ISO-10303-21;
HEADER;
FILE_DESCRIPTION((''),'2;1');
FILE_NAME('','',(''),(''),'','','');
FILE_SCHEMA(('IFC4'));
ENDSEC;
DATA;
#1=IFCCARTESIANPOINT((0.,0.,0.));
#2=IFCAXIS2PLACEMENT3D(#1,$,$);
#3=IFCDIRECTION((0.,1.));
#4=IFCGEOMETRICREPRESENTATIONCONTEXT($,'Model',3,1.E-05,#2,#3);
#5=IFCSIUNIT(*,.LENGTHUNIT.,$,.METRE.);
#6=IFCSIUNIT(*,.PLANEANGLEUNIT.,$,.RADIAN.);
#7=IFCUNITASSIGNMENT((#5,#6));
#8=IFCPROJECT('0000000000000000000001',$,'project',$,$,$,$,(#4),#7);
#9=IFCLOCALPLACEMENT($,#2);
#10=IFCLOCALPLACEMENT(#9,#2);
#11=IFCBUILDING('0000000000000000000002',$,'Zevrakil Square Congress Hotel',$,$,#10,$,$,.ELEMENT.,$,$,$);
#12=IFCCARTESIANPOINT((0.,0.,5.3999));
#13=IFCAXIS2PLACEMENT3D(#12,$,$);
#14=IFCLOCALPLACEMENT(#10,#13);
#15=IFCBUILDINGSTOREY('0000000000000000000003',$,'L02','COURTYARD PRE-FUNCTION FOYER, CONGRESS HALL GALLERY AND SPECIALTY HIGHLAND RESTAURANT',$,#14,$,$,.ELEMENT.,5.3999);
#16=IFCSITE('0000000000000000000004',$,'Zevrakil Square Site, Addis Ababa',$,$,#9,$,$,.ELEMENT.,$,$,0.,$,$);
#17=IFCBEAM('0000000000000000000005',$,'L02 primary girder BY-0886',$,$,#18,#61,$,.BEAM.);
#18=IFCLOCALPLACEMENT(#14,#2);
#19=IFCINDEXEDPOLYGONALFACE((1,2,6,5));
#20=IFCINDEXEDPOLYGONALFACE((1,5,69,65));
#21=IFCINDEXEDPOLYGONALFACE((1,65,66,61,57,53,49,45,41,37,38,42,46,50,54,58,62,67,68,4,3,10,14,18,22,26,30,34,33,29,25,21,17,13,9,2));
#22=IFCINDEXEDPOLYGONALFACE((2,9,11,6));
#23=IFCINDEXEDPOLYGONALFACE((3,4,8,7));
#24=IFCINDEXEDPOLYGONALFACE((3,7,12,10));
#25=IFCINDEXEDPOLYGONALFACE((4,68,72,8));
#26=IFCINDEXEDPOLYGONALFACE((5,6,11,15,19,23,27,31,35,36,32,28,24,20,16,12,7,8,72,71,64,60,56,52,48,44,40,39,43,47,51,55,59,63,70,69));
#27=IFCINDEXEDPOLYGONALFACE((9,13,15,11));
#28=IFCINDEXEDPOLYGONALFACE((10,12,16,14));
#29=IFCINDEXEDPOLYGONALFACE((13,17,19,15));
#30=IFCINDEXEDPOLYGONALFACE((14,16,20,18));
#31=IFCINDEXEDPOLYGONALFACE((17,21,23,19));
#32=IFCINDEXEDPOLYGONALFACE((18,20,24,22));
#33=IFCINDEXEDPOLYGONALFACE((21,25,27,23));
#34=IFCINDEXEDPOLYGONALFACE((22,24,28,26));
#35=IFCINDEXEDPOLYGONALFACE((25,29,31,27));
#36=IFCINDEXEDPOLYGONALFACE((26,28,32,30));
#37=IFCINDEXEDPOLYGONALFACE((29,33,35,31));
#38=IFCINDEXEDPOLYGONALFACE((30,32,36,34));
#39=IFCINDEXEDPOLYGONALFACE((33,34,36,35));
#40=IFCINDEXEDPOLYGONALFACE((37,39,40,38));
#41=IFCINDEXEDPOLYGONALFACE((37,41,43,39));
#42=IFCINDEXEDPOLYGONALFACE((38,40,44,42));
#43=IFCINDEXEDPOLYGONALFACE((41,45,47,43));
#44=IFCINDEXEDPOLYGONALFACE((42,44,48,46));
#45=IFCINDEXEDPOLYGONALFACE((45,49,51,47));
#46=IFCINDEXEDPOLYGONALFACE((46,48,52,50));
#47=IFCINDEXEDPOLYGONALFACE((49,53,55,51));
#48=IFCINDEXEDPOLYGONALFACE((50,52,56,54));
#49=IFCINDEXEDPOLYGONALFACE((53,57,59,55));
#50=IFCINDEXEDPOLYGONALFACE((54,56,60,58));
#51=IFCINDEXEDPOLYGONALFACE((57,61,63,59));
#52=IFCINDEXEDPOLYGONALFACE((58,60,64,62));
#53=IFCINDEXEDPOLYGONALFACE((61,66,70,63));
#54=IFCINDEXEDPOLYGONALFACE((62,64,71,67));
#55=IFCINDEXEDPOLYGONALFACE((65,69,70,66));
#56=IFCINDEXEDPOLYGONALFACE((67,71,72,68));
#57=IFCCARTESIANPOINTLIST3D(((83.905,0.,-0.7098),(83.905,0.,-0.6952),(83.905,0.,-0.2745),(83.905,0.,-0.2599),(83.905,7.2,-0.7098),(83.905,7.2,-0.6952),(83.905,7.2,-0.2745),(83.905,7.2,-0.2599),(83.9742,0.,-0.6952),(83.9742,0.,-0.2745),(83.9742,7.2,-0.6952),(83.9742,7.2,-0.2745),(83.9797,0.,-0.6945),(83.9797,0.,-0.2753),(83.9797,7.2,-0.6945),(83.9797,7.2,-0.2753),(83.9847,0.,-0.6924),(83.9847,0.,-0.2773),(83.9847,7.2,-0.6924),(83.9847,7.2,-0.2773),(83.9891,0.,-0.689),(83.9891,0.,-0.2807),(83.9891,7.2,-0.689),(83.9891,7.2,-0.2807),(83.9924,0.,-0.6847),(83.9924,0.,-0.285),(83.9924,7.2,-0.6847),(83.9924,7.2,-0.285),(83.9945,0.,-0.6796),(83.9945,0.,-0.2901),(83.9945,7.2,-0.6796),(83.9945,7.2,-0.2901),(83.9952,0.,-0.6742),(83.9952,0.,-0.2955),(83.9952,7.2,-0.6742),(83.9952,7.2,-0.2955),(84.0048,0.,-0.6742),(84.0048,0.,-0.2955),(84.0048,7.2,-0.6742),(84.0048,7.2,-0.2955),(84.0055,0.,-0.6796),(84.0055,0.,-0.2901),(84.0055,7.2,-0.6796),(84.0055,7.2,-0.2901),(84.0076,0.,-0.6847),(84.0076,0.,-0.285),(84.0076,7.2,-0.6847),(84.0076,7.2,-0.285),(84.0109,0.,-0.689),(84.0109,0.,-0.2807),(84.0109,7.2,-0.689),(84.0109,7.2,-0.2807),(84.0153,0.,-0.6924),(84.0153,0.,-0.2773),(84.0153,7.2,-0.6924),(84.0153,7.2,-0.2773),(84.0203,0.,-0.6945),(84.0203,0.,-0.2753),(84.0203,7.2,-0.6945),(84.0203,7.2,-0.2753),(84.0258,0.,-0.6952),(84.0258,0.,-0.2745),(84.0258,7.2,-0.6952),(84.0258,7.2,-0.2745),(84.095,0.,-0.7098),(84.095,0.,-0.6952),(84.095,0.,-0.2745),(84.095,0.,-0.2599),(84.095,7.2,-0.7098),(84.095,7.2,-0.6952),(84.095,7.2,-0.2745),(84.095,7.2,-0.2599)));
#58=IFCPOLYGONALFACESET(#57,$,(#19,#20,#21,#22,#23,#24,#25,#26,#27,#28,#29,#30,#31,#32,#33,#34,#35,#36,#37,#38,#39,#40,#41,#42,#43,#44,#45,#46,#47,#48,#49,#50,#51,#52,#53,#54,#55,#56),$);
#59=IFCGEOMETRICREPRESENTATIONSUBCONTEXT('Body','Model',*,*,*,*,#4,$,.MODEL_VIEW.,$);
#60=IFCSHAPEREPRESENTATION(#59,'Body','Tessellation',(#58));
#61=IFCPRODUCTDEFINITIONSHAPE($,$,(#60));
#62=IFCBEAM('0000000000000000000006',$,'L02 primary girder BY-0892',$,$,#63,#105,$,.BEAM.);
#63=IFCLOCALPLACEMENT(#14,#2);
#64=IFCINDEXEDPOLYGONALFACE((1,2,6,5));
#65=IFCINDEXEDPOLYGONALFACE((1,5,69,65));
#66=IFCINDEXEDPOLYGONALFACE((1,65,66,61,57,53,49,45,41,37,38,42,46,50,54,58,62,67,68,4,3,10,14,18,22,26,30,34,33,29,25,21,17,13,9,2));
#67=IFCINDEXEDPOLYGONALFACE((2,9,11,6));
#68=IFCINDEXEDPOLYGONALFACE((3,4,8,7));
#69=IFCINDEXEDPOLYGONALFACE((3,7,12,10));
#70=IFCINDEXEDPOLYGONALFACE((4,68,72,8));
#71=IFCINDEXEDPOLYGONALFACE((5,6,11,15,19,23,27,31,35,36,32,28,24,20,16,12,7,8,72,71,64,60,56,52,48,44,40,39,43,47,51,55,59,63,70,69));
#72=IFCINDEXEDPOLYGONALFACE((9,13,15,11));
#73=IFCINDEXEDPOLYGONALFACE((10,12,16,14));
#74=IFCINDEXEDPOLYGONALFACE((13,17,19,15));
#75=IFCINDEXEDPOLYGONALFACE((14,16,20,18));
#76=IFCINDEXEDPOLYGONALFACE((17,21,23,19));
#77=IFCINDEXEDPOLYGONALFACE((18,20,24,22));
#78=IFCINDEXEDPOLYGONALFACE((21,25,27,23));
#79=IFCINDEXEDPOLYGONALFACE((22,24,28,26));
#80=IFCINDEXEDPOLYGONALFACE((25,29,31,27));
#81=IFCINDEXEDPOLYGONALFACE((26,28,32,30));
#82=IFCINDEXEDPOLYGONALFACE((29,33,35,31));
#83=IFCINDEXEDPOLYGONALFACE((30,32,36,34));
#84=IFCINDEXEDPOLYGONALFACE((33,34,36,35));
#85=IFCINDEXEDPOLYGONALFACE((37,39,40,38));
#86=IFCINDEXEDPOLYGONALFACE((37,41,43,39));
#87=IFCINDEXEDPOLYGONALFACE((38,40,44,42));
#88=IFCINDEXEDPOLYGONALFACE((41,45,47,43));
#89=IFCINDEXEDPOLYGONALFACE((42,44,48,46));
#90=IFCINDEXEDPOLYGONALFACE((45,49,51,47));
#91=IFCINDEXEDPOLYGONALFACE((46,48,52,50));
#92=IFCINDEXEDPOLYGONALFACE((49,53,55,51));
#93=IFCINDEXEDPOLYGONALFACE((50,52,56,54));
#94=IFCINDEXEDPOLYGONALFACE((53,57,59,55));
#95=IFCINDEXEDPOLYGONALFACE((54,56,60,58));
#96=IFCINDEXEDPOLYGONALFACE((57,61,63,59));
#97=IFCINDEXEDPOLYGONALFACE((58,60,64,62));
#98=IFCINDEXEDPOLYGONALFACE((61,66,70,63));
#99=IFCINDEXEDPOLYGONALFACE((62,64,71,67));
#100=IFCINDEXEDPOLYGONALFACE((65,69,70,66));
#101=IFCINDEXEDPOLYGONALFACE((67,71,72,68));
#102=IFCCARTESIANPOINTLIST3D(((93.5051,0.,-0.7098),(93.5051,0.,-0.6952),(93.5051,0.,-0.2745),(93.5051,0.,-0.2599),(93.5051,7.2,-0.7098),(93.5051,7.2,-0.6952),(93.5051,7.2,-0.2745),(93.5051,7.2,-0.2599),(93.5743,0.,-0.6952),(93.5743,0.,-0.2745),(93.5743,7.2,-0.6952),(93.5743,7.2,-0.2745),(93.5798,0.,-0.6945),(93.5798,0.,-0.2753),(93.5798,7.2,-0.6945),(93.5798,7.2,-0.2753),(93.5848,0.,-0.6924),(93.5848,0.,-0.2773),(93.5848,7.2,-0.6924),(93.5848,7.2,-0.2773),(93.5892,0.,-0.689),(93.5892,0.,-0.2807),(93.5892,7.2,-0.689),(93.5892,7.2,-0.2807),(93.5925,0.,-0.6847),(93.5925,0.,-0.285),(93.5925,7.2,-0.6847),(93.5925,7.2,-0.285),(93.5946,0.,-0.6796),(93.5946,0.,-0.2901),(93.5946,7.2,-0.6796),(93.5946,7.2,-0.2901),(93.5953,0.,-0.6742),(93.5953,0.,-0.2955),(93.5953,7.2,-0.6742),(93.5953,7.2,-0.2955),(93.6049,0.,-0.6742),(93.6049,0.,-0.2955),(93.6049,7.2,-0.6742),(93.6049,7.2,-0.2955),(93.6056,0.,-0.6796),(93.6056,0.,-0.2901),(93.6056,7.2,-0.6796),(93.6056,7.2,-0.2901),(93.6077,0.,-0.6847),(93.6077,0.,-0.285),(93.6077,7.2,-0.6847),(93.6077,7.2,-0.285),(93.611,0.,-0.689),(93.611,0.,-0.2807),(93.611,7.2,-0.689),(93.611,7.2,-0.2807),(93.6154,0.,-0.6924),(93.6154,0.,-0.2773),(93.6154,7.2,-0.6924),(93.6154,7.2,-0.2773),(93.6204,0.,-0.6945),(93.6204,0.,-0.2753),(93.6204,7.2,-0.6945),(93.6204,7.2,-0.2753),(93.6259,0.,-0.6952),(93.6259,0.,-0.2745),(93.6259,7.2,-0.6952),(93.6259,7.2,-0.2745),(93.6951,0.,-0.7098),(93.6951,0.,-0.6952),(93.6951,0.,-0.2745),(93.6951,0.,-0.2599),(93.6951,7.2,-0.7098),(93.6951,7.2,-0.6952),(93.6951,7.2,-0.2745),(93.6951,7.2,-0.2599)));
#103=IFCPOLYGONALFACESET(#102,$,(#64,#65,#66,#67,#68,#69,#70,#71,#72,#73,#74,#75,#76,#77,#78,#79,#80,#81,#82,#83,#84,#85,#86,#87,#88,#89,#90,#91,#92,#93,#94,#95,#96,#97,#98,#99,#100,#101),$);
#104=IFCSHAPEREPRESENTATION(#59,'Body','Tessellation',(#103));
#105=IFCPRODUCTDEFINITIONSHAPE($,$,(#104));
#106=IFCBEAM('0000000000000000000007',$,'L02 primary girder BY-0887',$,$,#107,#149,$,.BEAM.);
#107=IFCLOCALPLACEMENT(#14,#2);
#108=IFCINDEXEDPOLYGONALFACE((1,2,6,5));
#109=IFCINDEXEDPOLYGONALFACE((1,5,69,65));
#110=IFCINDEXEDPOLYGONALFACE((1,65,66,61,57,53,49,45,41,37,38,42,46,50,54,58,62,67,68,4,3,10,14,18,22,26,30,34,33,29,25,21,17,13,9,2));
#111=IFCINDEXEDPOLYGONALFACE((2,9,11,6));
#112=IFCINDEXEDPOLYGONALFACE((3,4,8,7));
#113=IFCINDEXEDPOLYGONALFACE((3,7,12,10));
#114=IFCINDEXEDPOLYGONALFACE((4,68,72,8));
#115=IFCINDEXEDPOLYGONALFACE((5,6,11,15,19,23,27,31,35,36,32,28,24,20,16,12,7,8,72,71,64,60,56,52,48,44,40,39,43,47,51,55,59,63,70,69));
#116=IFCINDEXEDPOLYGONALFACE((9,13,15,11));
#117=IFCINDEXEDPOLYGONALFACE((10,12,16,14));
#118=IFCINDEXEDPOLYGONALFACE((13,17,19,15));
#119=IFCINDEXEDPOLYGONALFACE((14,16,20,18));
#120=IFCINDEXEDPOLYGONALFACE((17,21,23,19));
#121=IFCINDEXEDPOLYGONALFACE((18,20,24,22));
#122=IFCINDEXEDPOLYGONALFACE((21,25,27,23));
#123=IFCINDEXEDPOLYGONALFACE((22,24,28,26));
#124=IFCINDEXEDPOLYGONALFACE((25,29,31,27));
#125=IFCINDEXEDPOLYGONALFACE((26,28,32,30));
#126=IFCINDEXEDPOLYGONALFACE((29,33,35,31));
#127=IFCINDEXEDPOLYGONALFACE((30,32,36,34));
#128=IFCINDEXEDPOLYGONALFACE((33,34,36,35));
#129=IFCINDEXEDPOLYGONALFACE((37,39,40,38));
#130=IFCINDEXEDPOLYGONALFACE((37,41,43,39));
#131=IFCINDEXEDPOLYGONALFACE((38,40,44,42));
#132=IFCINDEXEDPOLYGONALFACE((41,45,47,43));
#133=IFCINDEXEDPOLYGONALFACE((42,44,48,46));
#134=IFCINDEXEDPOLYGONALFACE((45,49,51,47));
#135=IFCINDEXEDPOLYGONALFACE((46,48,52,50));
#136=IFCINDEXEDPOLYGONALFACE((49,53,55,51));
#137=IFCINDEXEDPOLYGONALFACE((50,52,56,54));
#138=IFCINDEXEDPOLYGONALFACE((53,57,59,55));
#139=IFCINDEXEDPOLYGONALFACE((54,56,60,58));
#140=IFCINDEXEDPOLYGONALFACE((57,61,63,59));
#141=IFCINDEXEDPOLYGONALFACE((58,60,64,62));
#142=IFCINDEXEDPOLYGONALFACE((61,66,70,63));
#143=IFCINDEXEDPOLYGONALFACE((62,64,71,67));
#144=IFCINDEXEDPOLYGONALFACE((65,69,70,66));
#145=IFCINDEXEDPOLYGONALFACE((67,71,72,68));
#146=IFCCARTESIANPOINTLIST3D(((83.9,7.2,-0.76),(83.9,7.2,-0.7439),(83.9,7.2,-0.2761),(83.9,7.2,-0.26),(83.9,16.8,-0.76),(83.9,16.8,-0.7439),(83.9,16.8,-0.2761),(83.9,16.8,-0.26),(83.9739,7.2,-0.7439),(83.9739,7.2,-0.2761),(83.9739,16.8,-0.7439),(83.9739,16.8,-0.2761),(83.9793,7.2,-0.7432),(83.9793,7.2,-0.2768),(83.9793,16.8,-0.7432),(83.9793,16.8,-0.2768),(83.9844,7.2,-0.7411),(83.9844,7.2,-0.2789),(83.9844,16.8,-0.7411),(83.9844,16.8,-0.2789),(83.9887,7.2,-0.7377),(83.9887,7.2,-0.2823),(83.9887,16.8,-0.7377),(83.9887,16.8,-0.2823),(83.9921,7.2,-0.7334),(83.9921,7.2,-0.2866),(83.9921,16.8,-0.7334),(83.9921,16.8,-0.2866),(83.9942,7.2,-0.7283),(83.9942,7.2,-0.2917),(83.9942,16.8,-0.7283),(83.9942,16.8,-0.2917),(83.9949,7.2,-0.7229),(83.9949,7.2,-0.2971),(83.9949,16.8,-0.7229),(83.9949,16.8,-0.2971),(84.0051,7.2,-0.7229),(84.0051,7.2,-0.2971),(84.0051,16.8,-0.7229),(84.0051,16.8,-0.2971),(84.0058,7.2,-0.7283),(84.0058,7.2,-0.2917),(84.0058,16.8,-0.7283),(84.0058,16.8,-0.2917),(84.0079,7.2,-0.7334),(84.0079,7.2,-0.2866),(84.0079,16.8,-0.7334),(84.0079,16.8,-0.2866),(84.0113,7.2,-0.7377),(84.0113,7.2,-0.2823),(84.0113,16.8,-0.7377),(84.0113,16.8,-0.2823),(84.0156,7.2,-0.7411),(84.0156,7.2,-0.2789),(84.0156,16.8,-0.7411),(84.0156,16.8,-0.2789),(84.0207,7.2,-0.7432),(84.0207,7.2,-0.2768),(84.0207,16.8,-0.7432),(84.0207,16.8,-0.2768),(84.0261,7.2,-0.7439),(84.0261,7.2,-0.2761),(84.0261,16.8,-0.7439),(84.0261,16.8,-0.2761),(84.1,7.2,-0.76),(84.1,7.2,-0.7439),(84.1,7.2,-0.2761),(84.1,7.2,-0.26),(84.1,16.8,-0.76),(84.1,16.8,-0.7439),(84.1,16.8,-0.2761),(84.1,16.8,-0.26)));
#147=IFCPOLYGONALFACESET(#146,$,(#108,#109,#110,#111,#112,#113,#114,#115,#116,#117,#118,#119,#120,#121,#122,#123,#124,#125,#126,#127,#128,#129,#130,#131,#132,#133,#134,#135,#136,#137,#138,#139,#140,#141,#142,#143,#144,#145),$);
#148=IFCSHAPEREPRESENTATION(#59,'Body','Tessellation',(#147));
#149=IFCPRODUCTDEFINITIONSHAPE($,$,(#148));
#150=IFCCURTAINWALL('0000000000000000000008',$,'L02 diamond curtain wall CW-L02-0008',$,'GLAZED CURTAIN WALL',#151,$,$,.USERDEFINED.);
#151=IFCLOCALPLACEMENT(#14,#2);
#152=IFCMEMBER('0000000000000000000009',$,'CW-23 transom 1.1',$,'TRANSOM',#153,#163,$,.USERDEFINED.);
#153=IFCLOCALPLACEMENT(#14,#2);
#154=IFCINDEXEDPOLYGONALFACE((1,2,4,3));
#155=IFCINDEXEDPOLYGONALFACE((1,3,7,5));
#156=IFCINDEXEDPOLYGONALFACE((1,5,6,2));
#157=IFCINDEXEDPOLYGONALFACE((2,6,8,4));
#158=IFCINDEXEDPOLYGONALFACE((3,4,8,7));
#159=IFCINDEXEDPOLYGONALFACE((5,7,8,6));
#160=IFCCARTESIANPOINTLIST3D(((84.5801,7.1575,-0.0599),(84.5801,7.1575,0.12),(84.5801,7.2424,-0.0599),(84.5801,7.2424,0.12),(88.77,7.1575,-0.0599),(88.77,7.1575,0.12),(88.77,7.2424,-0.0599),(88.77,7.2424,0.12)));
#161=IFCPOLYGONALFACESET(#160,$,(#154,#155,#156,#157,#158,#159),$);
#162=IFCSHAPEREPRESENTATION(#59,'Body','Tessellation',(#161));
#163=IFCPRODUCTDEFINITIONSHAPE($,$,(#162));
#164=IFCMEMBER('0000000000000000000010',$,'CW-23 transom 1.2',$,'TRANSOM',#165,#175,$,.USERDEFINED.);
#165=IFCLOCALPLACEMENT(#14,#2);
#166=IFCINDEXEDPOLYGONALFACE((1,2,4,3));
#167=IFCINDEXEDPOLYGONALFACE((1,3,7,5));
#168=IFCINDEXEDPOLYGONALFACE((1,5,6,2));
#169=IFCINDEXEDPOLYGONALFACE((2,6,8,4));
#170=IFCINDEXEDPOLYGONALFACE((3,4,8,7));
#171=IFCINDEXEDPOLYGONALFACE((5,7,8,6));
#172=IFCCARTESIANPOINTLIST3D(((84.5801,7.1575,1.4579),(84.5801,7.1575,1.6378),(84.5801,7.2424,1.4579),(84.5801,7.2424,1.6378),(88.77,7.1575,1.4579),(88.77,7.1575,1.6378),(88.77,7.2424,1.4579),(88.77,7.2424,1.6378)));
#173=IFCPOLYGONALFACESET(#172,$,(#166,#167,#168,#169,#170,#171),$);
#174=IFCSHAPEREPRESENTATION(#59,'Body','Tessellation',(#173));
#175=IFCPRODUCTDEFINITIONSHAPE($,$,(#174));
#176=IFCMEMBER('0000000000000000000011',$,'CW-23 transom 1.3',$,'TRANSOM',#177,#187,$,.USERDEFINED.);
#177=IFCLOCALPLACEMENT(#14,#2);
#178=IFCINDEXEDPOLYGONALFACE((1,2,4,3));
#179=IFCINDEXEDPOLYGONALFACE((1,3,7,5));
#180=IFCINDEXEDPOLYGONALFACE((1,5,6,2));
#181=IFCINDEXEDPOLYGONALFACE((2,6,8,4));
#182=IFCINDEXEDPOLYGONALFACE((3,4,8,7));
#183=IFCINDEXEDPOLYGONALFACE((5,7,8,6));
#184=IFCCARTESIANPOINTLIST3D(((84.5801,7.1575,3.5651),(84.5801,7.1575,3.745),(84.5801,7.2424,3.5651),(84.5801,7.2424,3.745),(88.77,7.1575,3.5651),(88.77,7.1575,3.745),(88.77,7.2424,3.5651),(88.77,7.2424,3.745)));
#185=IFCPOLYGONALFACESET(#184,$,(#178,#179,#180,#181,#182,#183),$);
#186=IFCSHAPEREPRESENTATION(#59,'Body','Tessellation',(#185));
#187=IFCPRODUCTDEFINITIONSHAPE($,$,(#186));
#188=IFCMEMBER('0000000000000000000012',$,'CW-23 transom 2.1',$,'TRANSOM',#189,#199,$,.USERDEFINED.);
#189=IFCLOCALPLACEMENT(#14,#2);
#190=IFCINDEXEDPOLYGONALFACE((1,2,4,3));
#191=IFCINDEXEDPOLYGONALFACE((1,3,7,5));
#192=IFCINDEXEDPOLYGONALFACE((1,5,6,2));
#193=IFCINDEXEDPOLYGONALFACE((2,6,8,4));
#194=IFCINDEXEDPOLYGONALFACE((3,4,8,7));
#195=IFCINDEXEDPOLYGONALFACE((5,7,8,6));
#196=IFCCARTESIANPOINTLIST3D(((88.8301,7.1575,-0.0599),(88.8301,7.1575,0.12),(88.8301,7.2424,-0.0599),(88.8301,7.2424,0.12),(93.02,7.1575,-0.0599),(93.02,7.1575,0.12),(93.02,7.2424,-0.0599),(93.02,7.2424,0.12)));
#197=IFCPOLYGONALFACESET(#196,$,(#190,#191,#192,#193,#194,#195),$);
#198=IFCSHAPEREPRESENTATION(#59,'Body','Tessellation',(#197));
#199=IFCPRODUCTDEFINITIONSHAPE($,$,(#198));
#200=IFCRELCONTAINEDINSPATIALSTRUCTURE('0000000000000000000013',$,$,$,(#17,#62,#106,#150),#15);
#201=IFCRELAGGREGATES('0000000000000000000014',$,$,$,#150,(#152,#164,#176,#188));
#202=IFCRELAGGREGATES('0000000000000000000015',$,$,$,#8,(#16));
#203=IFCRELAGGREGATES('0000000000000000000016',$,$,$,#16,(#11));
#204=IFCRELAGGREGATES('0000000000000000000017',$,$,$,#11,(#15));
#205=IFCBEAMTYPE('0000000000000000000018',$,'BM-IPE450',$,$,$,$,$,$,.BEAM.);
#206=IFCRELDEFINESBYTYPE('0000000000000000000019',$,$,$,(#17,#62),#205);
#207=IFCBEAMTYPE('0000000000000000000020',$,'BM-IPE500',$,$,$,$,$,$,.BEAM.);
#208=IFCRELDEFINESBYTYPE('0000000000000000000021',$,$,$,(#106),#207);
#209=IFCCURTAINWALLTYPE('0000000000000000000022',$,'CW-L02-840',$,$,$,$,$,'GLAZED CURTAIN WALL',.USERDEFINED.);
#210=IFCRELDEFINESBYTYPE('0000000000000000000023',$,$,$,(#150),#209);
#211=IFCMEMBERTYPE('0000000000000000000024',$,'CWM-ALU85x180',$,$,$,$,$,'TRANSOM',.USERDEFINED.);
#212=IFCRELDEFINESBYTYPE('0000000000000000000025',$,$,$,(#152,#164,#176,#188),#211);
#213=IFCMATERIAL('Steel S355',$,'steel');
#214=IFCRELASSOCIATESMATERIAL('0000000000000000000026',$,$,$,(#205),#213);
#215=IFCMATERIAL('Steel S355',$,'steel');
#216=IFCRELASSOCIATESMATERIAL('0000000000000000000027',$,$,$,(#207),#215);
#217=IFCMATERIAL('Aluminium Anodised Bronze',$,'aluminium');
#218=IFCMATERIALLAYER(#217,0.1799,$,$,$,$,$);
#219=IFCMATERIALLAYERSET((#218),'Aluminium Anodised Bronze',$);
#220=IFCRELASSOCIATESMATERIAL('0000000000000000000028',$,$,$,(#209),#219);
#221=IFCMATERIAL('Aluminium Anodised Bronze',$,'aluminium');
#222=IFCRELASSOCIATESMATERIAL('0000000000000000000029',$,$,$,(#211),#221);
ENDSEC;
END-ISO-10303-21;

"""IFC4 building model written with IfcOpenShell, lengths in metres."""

from ifc_helpers import new_model, si_unit, direction, frame, origin, origin_2d, place, context, subcontext, project, spatial, rectangle, i_section, extrude, material, layer, layer_set, material_profile, profile_set, type_object, element, aggregate, save


model = new_model("IFC4")

# Units and contexts
model_context = context("Model", 3, precision=1e-05, world=origin(), true_north=direction((0.0, 1.0)))
body_context = subcontext(model_context, "Body", "Model", "MODEL_VIEW")
ifc_project = project(units=[si_unit("LENGTHUNIT", "METRE"), si_unit("PLANEANGLEUNIT", "RADIAN")], contexts=[model_context])

# Site, building, storey
site_placement = place(None, origin())
site = spatial("IfcSite", under=ifc_project, at=site_placement, Name="Zevrakil Square Site, Addis Ababa", CompositionType="ELEMENT", RefElevation=0.0)
building_placement = place(site_placement, origin())
building = spatial("IfcBuilding", under=site, at=building_placement, Name="Zevrakil Square Congress Hotel", CompositionType="ELEMENT")
storey_placement = place(building_placement, frame((0.0, 0.0, 5.3999)))
storey = spatial("IfcBuildingStorey", under=building, at=storey_placement, Name="L02", Description="COURTYARD PRE-FUNCTION FOYER, CONGRESS HALL GALLERY AND SPECIALTY HIGHLAND RESTAURANT", CompositionType="ELEMENT", Elevation=5.3999)

# Beams
ifc_material_1 = material(Name="Steel S355", Category="steel")
ifc_material_profile_1 = material_profile(ifc_material_1, i_section(OverallWidth=0.1899, OverallDepth=0.45, WebThickness=0.0095, FlangeThickness=0.0146, FilletRadius=0.021, at=origin_2d()), Name="IPE 450")
ifc_profile_set_1 = profile_set([ifc_material_profile_1], Name="Steel S355")
beam_type_1 = type_object("IfcBeamType", Name="BM-IPE450", PredefinedType="BEAM", material=ifc_profile_set_1)
for number, where, z_axis, x_axis, name in (
    (1, (84.0, 0.0, -0.4849), (0.0, 1.0, 0.0), (-1.0, 0.0, 0.0), "L02 primary girder BY-0886"),
    (2, (93.6001, 0.0, -0.4849), (0.0, 1.0, 0.0), (-1.0, 0.0, 0.0), "L02 primary girder BY-0892"),
):
    element("IfcBeam", number, at=place(storey_placement, frame(where, z_axis=z_axis, x_axis=x_axis)), inside=storey, type_object=beam_type_1, Name=name, PredefinedType="BEAM", context=body_context, shape_type="SweptSolid", body=[
        extrude(i_section(OverallWidth=0.1899, OverallDepth=0.45, WebThickness=0.0095, FlangeThickness=0.0146, FilletRadius=0.021, at=origin_2d()), origin(), (0.0, 0.0, 1.0), 7.2),
    ])
ifc_material_2 = material(Name="Steel S355", Category="steel")
ifc_material_profile_2 = material_profile(ifc_material_2, i_section(OverallWidth=0.2, OverallDepth=0.5, WebThickness=0.0103, FlangeThickness=0.0161, FilletRadius=0.021, at=origin_2d()), Name="IPE 500")
ifc_profile_set_2 = profile_set([ifc_material_profile_2], Name="Steel S355")
beam_type_2 = type_object("IfcBeamType", Name="BM-IPE500", PredefinedType="BEAM", material=ifc_profile_set_2)
beam_1_placement = place(storey_placement, frame((84.0, 7.2, -0.51), z_axis=(0.0, 1.0, 0.0), x_axis=(-1.0, 0.0, 0.0)))
element("IfcBeam", 3, at=beam_1_placement, inside=storey, type_object=beam_type_2, Name="L02 primary girder BY-0887", PredefinedType="BEAM", context=body_context, shape_type="SweptSolid", body=[
    extrude(i_section(OverallWidth=0.2, OverallDepth=0.5, WebThickness=0.0103, FlangeThickness=0.0161, FilletRadius=0.021, at=origin_2d()), origin(), (0.0, 0.0, 1.0), 9.6001),
])

# Curtain wall, members
ifc_material_3 = material(Name="Aluminium Anodised Bronze", Category="aluminium")
ifc_layer_1 = layer(ifc_material_3, 0.1799)
ifc_layer_set_1 = layer_set([ifc_layer_1], Name="Aluminium Anodised Bronze")
curtain_wall_type = type_object("IfcCurtainWallType", Name="CW-L02-840", ElementType="GLAZED CURTAIN WALL", PredefinedType="USERDEFINED", material=ifc_layer_set_1)
curtain_wall_placement = place(storey_placement, origin())
curtain_wall = element("IfcCurtainWall", 4, at=curtain_wall_placement, inside=storey, type_object=curtain_wall_type, Name="L02 diamond curtain wall CW-L02-0008", ObjectType="GLAZED CURTAIN WALL", PredefinedType="USERDEFINED")
ifc_material_4 = material(Name="Aluminium Anodised Bronze", Category="aluminium")
ifc_material_profile_3 = material_profile(ifc_material_4, rectangle(XDim=0.085, YDim=0.1799, at=origin_2d()), Name="ALU 85x180")
ifc_profile_set_3 = profile_set([ifc_material_profile_3], Name="Aluminium Anodised Bronze")
member_type_1 = type_object("IfcMemberType", Name="CWM-ALU85x180", ElementType="TRANSOM", PredefinedType="USERDEFINED", material=ifc_profile_set_3)
member_1_placement = place(storey_placement, frame((84.5801, 7.2, 0.03), z_axis=(1.0, 0.0, 0.0), x_axis=(0.0, 1.0, 0.0)))
member_1 = element("IfcMember", 5, at=member_1_placement, type_object=member_type_1, Name="CW-23 transom 1.1", ObjectType="TRANSOM", PredefinedType="USERDEFINED", context=body_context, shape_type="SweptSolid", body=[
    extrude(rectangle(XDim=0.085, YDim=0.1799, at=origin_2d()), origin(), (0.0, 0.0, 1.0), 4.1899),
])
member_2_placement = place(storey_placement, frame((84.5801, 7.2, 1.5479), z_axis=(1.0, 0.0, 0.0), x_axis=(0.0, 1.0, 0.0)))
member_2 = element("IfcMember", 6, at=member_2_placement, type_object=member_type_1, Name="CW-23 transom 1.2", ObjectType="TRANSOM", PredefinedType="USERDEFINED", context=body_context, shape_type="SweptSolid", body=[
    extrude(rectangle(XDim=0.085, YDim=0.1799, at=origin_2d()), origin(), (0.0, 0.0, 1.0), 4.1899),
])
member_3_placement = place(storey_placement, frame((84.5801, 7.2, 3.655), z_axis=(1.0, 0.0, 0.0), x_axis=(0.0, 1.0, 0.0)))
member_3 = element("IfcMember", 7, at=member_3_placement, type_object=member_type_1, Name="CW-23 transom 1.3", ObjectType="TRANSOM", PredefinedType="USERDEFINED", context=body_context, shape_type="SweptSolid", body=[
    extrude(rectangle(XDim=0.085, YDim=0.1799, at=origin_2d()), origin(), (0.0, 0.0, 1.0), 4.1899),
])
member_4_placement = place(storey_placement, frame((88.8301, 7.2, 0.03), z_axis=(1.0, 0.0, 0.0), x_axis=(0.0, 1.0, 0.0)))
member_4 = element("IfcMember", 8, at=member_4_placement, type_object=member_type_1, Name="CW-23 transom 2.1", ObjectType="TRANSOM", PredefinedType="USERDEFINED", context=body_context, shape_type="SweptSolid", body=[
    extrude(rectangle(XDim=0.085, YDim=0.1799, at=origin_2d()), origin(), (0.0, 0.0, 1.0), 4.1899),
])

aggregate(curtain_wall, [member_1, member_2, member_3, member_4])

save(model, "model.ifc")
